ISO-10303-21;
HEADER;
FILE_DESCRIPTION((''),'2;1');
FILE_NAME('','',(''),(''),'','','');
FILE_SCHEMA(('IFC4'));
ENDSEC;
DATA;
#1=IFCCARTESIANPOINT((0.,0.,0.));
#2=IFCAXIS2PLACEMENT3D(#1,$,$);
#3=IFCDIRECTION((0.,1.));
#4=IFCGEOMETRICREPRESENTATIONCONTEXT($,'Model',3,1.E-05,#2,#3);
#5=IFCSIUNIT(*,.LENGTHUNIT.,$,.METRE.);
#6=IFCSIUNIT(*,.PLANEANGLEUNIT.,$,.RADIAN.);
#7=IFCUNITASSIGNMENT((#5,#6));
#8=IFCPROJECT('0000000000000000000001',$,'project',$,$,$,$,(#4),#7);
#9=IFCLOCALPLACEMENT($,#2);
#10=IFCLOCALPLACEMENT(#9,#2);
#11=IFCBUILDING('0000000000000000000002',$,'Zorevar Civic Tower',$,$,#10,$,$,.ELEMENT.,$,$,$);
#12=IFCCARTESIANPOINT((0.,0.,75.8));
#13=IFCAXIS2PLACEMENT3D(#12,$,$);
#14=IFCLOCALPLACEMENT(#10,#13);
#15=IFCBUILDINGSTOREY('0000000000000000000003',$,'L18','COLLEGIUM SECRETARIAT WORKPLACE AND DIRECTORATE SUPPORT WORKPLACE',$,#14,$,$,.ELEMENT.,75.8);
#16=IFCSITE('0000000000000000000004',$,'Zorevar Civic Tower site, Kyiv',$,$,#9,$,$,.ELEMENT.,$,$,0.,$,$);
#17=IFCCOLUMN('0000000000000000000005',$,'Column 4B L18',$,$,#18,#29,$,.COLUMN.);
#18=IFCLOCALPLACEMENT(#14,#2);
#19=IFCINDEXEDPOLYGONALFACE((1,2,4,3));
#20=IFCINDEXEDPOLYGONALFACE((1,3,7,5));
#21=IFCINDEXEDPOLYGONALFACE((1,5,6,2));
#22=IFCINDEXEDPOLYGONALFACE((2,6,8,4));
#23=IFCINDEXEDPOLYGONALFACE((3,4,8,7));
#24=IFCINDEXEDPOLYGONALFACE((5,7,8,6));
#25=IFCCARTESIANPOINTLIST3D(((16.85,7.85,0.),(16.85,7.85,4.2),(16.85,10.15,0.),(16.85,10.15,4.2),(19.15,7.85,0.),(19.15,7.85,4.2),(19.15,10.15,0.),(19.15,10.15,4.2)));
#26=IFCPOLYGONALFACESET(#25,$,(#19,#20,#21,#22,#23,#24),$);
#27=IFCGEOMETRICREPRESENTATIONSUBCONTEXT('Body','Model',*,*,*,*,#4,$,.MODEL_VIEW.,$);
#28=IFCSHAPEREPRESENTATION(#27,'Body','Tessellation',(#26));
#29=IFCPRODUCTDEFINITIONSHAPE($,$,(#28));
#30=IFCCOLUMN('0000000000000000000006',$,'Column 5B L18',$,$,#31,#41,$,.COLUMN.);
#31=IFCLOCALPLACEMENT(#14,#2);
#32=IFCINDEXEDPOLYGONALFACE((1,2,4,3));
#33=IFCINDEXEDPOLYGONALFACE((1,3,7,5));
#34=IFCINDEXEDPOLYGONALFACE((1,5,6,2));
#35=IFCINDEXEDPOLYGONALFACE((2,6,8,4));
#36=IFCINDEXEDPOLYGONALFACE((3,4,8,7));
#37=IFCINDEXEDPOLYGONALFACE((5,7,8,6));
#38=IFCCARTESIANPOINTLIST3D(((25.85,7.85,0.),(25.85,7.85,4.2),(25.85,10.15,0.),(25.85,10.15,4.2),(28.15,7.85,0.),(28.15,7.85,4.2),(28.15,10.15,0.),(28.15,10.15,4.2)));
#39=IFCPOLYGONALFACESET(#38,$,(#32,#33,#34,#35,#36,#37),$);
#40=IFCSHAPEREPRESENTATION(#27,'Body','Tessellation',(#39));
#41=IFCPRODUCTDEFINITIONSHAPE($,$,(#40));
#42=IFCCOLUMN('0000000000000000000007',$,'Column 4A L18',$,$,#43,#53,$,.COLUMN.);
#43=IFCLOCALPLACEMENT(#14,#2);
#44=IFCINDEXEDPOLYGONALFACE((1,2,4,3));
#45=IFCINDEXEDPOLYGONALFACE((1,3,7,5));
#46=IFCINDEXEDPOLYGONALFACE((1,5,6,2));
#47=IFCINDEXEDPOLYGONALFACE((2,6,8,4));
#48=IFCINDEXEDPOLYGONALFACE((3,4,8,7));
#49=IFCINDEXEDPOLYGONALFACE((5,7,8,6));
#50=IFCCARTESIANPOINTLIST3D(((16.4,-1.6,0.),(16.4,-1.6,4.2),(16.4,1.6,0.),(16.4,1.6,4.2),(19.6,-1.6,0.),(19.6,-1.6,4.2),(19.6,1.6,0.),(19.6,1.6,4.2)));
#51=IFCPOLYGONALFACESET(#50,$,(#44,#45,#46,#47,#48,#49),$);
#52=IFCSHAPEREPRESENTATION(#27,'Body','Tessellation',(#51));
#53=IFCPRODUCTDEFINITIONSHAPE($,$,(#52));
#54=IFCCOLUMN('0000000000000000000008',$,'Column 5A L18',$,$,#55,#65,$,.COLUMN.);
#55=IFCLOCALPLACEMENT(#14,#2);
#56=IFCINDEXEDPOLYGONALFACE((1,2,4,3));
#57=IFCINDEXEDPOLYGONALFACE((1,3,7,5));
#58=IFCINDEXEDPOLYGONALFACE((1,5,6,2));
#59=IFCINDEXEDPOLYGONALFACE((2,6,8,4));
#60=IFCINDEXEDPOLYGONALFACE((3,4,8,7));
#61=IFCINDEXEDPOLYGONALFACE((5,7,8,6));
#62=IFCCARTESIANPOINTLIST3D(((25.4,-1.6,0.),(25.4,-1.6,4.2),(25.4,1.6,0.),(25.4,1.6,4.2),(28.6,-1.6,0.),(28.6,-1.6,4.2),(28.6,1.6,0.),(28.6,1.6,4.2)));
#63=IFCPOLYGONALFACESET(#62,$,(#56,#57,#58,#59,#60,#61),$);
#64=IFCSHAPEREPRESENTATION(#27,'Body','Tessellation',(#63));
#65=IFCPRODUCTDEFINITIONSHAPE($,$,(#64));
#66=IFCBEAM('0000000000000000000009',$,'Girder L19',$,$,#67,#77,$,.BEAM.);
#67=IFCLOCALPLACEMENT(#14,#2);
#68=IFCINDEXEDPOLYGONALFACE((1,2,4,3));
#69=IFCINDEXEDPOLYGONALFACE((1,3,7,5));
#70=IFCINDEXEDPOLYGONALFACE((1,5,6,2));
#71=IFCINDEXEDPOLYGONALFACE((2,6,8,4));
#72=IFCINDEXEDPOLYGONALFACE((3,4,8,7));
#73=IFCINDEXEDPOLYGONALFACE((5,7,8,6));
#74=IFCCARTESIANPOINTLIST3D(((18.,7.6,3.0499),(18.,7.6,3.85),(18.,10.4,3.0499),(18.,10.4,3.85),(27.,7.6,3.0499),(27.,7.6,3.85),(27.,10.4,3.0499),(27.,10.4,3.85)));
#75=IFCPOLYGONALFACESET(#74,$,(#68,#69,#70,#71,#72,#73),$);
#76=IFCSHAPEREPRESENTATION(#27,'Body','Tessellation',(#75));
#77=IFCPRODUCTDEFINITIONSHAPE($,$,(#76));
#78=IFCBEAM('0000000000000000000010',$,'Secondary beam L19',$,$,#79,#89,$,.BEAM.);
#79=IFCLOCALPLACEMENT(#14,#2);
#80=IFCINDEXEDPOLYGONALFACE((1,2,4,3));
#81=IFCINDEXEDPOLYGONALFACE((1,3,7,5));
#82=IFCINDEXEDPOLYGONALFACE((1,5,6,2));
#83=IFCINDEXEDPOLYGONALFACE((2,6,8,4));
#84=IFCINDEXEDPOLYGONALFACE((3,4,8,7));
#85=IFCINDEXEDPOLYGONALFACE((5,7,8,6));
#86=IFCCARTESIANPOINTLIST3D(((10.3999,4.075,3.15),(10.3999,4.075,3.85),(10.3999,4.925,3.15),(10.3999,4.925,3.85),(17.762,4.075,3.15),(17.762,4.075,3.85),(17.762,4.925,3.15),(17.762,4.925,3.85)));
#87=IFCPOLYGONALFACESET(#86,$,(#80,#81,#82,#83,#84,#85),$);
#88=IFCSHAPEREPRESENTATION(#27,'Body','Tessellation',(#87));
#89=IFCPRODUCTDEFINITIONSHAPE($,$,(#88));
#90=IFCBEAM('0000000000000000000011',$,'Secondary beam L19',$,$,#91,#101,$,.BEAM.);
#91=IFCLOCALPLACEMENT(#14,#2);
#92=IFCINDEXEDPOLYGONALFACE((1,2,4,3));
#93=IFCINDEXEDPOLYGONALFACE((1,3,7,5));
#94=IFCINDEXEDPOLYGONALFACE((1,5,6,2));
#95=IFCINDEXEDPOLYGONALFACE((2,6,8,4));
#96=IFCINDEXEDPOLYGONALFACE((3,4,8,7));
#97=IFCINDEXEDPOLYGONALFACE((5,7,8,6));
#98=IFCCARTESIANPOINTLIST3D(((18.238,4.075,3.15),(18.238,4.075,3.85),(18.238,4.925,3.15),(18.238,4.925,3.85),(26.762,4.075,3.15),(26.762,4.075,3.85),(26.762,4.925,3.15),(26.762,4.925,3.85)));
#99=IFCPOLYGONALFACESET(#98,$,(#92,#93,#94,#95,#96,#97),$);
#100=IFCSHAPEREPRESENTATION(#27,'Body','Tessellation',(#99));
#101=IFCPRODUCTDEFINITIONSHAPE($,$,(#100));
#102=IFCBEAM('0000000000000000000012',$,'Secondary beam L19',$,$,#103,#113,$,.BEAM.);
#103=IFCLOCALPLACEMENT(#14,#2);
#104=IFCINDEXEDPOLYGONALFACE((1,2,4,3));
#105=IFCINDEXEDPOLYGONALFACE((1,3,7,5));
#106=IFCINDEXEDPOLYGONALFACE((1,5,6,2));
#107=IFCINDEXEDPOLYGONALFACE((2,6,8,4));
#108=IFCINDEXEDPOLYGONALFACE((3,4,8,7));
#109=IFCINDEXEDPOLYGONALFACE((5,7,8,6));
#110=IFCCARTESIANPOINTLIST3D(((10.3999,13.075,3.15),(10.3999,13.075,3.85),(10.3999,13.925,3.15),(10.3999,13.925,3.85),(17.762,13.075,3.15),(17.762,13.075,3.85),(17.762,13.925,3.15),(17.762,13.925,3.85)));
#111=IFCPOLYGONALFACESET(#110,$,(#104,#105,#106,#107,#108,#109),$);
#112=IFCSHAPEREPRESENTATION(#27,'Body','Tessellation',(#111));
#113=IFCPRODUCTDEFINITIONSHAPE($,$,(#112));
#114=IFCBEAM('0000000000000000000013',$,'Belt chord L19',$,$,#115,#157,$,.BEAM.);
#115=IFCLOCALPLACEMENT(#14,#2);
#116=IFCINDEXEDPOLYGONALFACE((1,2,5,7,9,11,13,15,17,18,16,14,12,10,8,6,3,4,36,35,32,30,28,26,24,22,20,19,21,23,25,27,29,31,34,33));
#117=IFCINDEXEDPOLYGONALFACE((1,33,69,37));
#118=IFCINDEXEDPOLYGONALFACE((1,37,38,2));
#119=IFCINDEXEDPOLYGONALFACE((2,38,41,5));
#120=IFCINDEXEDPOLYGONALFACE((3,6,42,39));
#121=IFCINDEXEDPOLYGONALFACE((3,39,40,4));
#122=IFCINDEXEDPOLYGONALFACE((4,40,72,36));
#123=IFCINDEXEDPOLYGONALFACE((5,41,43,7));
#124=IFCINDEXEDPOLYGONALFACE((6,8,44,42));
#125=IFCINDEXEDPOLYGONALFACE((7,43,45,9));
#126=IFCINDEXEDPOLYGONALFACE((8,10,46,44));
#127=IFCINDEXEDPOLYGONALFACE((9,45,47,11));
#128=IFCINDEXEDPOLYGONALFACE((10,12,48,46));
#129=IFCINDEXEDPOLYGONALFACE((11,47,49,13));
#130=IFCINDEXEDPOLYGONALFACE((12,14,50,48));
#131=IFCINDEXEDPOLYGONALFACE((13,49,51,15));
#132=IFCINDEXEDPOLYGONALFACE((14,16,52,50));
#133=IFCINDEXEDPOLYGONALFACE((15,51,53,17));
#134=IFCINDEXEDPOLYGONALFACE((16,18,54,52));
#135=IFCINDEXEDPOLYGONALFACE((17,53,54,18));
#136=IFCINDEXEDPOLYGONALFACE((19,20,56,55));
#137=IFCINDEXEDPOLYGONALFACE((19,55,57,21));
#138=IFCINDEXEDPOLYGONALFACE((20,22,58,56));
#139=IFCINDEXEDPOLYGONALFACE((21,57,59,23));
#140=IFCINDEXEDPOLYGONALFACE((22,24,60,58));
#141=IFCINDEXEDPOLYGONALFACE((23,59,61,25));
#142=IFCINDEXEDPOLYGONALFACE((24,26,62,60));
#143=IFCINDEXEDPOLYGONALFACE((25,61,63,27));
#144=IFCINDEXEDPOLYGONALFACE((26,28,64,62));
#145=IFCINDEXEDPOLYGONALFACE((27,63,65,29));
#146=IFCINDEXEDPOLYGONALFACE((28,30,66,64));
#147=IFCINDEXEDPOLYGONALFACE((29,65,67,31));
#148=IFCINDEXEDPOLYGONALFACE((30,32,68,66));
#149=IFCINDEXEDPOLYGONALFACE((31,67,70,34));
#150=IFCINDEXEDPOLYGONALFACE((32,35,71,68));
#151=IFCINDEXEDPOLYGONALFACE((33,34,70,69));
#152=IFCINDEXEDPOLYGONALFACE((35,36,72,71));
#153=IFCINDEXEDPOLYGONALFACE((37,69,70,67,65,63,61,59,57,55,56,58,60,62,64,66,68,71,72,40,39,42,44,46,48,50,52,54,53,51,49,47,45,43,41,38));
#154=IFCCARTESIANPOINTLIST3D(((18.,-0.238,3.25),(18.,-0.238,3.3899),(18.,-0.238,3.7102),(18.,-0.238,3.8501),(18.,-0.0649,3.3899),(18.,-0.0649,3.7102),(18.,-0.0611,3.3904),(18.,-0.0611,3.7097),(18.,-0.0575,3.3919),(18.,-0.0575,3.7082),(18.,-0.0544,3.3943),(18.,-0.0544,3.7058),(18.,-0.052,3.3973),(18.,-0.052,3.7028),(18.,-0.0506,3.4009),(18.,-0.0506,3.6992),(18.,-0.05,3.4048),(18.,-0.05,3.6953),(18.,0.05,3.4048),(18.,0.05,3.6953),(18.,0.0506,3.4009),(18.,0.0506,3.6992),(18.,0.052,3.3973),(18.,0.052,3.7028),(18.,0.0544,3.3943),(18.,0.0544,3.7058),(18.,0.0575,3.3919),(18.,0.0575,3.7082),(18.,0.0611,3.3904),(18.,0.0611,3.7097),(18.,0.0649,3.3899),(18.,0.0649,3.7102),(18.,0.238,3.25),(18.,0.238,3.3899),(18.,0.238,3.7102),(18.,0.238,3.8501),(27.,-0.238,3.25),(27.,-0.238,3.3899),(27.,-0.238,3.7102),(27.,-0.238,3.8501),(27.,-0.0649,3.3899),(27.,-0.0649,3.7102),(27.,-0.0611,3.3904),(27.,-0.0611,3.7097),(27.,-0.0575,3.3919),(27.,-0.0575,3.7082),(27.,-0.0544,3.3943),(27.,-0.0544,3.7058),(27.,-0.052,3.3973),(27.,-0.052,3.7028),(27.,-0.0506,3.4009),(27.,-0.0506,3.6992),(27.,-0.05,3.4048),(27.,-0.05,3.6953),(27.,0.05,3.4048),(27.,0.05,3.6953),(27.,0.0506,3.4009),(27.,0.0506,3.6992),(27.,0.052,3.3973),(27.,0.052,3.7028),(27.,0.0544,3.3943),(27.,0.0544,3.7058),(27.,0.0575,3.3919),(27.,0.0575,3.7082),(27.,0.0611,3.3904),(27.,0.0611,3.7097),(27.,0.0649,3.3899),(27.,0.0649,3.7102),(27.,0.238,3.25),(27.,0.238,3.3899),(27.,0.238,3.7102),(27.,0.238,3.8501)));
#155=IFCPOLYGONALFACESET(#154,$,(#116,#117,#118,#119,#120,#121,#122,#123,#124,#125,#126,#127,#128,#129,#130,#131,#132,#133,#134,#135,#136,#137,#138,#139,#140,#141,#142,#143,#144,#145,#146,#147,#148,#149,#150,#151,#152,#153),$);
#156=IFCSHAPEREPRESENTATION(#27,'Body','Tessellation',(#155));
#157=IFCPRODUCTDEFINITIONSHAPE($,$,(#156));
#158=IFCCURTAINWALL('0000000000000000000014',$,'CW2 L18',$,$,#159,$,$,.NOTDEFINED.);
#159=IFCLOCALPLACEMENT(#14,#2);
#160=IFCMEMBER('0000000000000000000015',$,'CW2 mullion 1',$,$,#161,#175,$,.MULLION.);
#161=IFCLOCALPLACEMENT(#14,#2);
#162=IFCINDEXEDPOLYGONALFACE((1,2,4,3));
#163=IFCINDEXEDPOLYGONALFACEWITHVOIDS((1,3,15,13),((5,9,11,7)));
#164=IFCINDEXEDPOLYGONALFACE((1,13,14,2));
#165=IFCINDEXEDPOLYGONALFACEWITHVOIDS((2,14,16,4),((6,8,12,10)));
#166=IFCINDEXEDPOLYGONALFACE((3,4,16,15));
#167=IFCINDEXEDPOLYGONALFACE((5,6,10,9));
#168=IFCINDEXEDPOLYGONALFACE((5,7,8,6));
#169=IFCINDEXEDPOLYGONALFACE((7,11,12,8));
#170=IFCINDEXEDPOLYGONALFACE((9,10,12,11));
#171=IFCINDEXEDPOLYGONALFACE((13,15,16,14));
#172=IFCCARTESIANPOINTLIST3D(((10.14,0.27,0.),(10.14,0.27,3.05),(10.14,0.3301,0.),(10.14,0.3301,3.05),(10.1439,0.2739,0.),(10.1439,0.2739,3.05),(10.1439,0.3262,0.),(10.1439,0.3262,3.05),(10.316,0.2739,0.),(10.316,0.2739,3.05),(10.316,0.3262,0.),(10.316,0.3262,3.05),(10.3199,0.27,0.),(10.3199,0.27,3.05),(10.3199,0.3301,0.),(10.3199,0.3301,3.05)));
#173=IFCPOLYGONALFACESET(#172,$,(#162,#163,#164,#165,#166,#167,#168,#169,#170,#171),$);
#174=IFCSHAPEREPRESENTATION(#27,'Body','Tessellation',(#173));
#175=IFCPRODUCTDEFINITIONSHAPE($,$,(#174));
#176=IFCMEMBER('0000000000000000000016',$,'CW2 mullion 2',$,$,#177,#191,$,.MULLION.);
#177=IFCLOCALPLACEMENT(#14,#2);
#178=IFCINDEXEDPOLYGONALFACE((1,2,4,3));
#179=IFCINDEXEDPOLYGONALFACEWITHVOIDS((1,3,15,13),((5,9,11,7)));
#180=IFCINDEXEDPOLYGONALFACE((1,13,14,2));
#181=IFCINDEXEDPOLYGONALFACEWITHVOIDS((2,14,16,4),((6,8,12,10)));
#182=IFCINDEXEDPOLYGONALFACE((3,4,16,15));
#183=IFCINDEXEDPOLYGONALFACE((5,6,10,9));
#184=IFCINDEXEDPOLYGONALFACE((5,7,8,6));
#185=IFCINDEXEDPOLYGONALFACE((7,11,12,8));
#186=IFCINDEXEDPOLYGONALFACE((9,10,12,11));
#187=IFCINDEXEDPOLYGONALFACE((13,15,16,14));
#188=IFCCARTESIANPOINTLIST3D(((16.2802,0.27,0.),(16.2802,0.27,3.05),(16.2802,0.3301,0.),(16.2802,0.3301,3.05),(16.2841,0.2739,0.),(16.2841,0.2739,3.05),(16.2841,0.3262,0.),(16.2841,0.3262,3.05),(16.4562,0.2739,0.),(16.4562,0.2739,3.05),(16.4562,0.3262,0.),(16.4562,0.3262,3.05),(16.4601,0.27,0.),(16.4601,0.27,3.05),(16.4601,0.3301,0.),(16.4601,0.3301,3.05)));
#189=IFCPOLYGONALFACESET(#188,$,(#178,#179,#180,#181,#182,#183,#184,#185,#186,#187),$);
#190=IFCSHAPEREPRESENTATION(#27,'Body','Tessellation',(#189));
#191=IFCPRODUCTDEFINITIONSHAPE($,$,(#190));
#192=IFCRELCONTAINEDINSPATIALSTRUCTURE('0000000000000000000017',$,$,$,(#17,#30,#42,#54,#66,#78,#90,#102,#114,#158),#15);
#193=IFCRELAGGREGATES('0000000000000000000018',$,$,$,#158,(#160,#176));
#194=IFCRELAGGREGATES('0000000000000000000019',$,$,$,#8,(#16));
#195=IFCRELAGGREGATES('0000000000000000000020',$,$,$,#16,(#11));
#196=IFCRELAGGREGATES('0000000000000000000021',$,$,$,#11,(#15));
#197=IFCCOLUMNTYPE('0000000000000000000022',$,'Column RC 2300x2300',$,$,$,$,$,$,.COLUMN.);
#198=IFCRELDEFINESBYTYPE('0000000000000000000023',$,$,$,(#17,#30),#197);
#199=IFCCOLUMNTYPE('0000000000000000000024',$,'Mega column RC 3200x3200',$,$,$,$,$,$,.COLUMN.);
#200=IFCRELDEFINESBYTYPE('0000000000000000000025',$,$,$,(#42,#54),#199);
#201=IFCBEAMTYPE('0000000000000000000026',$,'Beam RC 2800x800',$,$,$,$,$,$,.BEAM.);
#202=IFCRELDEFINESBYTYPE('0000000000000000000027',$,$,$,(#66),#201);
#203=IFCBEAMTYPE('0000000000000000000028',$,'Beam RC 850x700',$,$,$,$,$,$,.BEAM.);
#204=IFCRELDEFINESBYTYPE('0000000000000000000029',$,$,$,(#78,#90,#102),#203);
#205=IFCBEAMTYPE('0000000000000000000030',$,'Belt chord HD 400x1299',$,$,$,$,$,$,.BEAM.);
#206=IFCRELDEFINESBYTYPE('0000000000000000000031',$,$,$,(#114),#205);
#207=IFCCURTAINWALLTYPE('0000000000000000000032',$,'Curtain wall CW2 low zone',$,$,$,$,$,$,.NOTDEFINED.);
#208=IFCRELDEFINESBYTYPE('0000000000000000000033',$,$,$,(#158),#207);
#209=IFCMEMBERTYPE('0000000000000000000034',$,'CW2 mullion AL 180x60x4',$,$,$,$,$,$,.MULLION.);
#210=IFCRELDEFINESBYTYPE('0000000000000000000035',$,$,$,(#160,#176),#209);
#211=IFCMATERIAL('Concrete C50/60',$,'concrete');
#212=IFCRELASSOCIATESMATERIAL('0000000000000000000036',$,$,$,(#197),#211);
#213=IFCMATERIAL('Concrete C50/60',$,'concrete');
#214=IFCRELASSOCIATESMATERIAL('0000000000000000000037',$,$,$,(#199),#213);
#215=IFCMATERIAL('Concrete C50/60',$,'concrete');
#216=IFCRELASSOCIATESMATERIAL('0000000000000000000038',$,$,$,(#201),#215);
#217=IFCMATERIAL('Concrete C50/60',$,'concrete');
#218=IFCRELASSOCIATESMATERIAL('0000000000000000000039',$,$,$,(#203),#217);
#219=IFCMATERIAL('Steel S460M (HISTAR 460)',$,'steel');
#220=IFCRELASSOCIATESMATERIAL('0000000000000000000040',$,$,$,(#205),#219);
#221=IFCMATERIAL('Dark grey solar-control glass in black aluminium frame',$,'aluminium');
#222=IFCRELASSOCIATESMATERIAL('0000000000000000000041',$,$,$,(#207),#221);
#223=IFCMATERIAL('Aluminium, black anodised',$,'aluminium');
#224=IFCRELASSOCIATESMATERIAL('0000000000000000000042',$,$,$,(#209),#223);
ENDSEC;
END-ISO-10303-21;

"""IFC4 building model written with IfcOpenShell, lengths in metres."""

from ifc_helpers import new_model, si_unit, direction, frame, origin, origin_2d, place, context, subcontext, project, spatial, rectangle, hollow_rectangle, i_section, extrude, material, material_profile, profile_set, type_object, element, aggregate, save


model = new_model("IFC4")

# Units and contexts
model_context = context("Model", 3, precision=1e-05, world=origin(), true_north=direction((0.0, 1.0)))
body_context = subcontext(model_context, "Body", "Model", "MODEL_VIEW")
ifc_project = project(units=[si_unit("LENGTHUNIT", "METRE"), si_unit("PLANEANGLEUNIT", "RADIAN")], contexts=[model_context])

# Site, building, storey
site_placement = place(None, origin())
site = spatial("IfcSite", under=ifc_project, at=site_placement, Name="Zorevar Civic Tower site, Kyiv", CompositionType="ELEMENT", RefElevation=0.0)
building_placement = place(site_placement, origin())
building = spatial("IfcBuilding", under=site, at=building_placement, Name="Zorevar Civic Tower", CompositionType="ELEMENT")
storey_placement = place(building_placement, frame((0.0, 0.0, 75.8)))
storey = spatial("IfcBuildingStorey", under=building, at=storey_placement, Name="L18", Description="COLLEGIUM SECRETARIAT WORKPLACE AND DIRECTORATE SUPPORT WORKPLACE", CompositionType="ELEMENT", Elevation=75.8)

# Columns
ifc_material_1 = material(Name="Concrete C50/60", Category="concrete")
ifc_material_profile_1 = material_profile(ifc_material_1, rectangle(XDim=2.3, YDim=2.3, at=origin_2d()), Name="RC 2300x2300")
ifc_profile_set_1 = profile_set([ifc_material_profile_1], Name="Concrete C50/60")
column_type_1 = type_object("IfcColumnType", Name="Column RC 2300x2300", PredefinedType="COLUMN", material=ifc_profile_set_1)
for number, where, z_axis, x_axis, name in (
    (1, (18.0, 9.0, 0.0), (0.0, 0.0, 1.0), (1.0, 0.0, 0.0), "Column 4B L18"),
    (2, (27.0, 9.0, 0.0), (0.0, 0.0, 1.0), (1.0, 0.0, 0.0), "Column 5B L18"),
):
    element("IfcColumn", number, at=place(storey_placement, frame(where, z_axis=z_axis, x_axis=x_axis)), inside=storey, type_object=column_type_1, Name=name, PredefinedType="COLUMN", context=body_context, shape_type="SweptSolid", body=[
        extrude(rectangle(XDim=2.3, YDim=2.3, at=origin_2d()), origin(), (0.0, 0.0, 1.0), 4.2),
    ])
ifc_material_2 = material(Name="Concrete C50/60", Category="concrete")
ifc_material_profile_2 = material_profile(ifc_material_2, rectangle(XDim=3.2, YDim=3.2, at=origin_2d()), Name="RC 3200x3200")
ifc_profile_set_2 = profile_set([ifc_material_profile_2], Name="Concrete C50/60")
column_type_2 = type_object("IfcColumnType", Name="Mega column RC 3200x3200", PredefinedType="COLUMN", material=ifc_profile_set_2)
for number, where, z_axis, x_axis, name in (
    (3, (18.0, 0.0, 0.0), (0.0, 0.0, 1.0), (1.0, 0.0, 0.0), "Column 4A L18"),
    (4, (27.0, 0.0, 0.0), (0.0, 0.0, 1.0), (1.0, 0.0, 0.0), "Column 5A L18"),
):
    element("IfcColumn", number, at=place(storey_placement, frame(where, z_axis=z_axis, x_axis=x_axis)), inside=storey, type_object=column_type_2, Name=name, PredefinedType="COLUMN", context=body_context, shape_type="SweptSolid", body=[
        extrude(rectangle(XDim=3.2, YDim=3.2, at=origin_2d()), origin(), (0.0, 0.0, 1.0), 4.2),
    ])

# Beams
ifc_material_3 = material(Name="Concrete C50/60", Category="concrete")
ifc_material_profile_3 = material_profile(ifc_material_3, rectangle(XDim=2.8, YDim=0.8, at=origin_2d()), Name="RC 2800x800")
ifc_profile_set_3 = profile_set([ifc_material_profile_3], Name="Concrete C50/60")
beam_type_1 = type_object("IfcBeamType", Name="Beam RC 2800x800", PredefinedType="BEAM", material=ifc_profile_set_3)
beam_1_placement = place(storey_placement, frame((18.0, 9.0, 3.45), z_axis=(1.0, 0.0, 0.0), x_axis=(0.0, 1.0, 0.0)))
element("IfcBeam", 5, at=beam_1_placement, inside=storey, type_object=beam_type_1, Name="Girder L19", PredefinedType="BEAM", context=body_context, shape_type="SweptSolid", body=[
    extrude(rectangle(XDim=2.8, YDim=0.8, at=origin_2d()), origin(), (0.0, 0.0, 1.0), 9.0),
])
ifc_material_4 = material(Name="Concrete C50/60", Category="concrete")
ifc_material_profile_4 = material_profile(ifc_material_4, rectangle(XDim=0.8501, YDim=0.7, at=origin_2d()), Name="RC 850x700")
ifc_profile_set_4 = profile_set([ifc_material_profile_4], Name="Concrete C50/60")
beam_type_2 = type_object("IfcBeamType", Name="Beam RC 850x700", PredefinedType="BEAM", material=ifc_profile_set_4)
beam_2_placement = place(storey_placement, frame((10.3999, 4.5, 3.5), z_axis=(1.0, 0.0, 0.0), x_axis=(0.0, 1.0, 0.0)))
element("IfcBeam", 6, at=beam_2_placement, inside=storey, type_object=beam_type_2, Name="Secondary beam L19", PredefinedType="BEAM", context=body_context, shape_type="SweptSolid", body=[
    extrude(rectangle(XDim=0.8501, YDim=0.7, at=origin_2d()), origin(), (0.0, 0.0, 1.0), 7.3621),
])
beam_3_placement = place(storey_placement, frame((18.238, 4.5, 3.5), z_axis=(1.0, 0.0, 0.0), x_axis=(0.0, 1.0, 0.0)))
element("IfcBeam", 7, at=beam_3_placement, inside=storey, type_object=beam_type_2, Name="Secondary beam L19", PredefinedType="BEAM", context=body_context, shape_type="SweptSolid", body=[
    extrude(rectangle(XDim=0.8501, YDim=0.7, at=origin_2d()), origin(), (0.0, 0.0, 1.0), 8.5239),
])
beam_4_placement = place(storey_placement, frame((10.3999, 13.5, 3.5), z_axis=(1.0, 0.0, 0.0), x_axis=(0.0, 1.0, 0.0)))
element("IfcBeam", 8, at=beam_4_placement, inside=storey, type_object=beam_type_2, Name="Secondary beam L19", PredefinedType="BEAM", context=body_context, shape_type="SweptSolid", body=[
    extrude(rectangle(XDim=0.8501, YDim=0.7, at=origin_2d()), origin(), (0.0, 0.0, 1.0), 7.3621),
])
ifc_material_5 = material(Name="Steel S460M (HISTAR 460)", Category="steel")
ifc_material_profile_5 = material_profile(ifc_material_5, i_section(OverallWidth=0.4761, OverallDepth=0.6001, WebThickness=0.1001, FlangeThickness=0.1399, FilletRadius=0.0149, at=origin_2d()), Name="HD 400x1299")
ifc_profile_set_5 = profile_set([ifc_material_profile_5], Name="Steel S460M (HISTAR 460)")
beam_type_3 = type_object("IfcBeamType", Name="Belt chord HD 400x1299", PredefinedType="BEAM", material=ifc_profile_set_5)
beam_5_placement = place(storey_placement, frame((18.0, 0.0, 3.55), z_axis=(1.0, 0.0, 0.0), x_axis=(0.0, 1.0, 0.0)))
element("IfcBeam", 9, at=beam_5_placement, inside=storey, type_object=beam_type_3, Name="Belt chord L19", PredefinedType="BEAM", context=body_context, shape_type="SweptSolid", body=[
    extrude(i_section(OverallWidth=0.4761, OverallDepth=0.6001, WebThickness=0.1001, FlangeThickness=0.1399, FilletRadius=0.0149, at=origin_2d()), origin(), (0.0, 0.0, 1.0), 9.0),
])

# Curtain wall, members
ifc_material_6 = material(Name="Dark grey solar-control glass in black aluminium frame", Category="aluminium")
curtain_wall_type = type_object("IfcCurtainWallType", Name="Curtain wall CW2 low zone", PredefinedType="NOTDEFINED", material=ifc_material_6)
curtain_wall_1_placement = place(storey_placement, origin())
curtain_wall_1 = element("IfcCurtainWall", 10, at=curtain_wall_1_placement, inside=storey, type_object=curtain_wall_type, Name="CW2 L18", PredefinedType="NOTDEFINED")
ifc_material_7 = material(Name="Aluminium, black anodised", Category="aluminium")
ifc_material_profile_6 = material_profile(ifc_material_7, hollow_rectangle(XDim=0.0601, YDim=0.1799, WallThickness=0.0039, at=origin_2d()), Name="AL 180x60x4")
ifc_profile_set_6 = profile_set([ifc_material_profile_6], Name="Aluminium, black anodised")
member_type_1 = type_object("IfcMemberType", Name="CW2 mullion AL 180x60x4", PredefinedType="MULLION", material=ifc_profile_set_6)
member_1_placement = place(storey_placement, frame((10.23, 0.3, 0.0), z_axis=(0.0, 0.0, 1.0), x_axis=(0.0, 1.0, 0.0)))
member_1 = element("IfcMember", 11, at=member_1_placement, type_object=member_type_1, Name="CW2 mullion 1", PredefinedType="MULLION", context=body_context, shape_type="SweptSolid", body=[
    extrude(hollow_rectangle(XDim=0.0601, YDim=0.1799, WallThickness=0.0039, at=origin_2d()), origin(), (0.0, 0.0, 1.0), 3.05),
])
member_2_placement = place(storey_placement, frame((16.3701, 0.3, 0.0), z_axis=(0.0, 0.0, 1.0), x_axis=(0.0, 1.0, 0.0)))
member_2 = element("IfcMember", 12, at=member_2_placement, type_object=member_type_1, Name="CW2 mullion 2", PredefinedType="MULLION", context=body_context, shape_type="SweptSolid", body=[
    extrude(hollow_rectangle(XDim=0.0601, YDim=0.1799, WallThickness=0.0039, at=origin_2d()), origin(), (0.0, 0.0, 1.0), 3.05),
])

aggregate(curtain_wall_1, [member_1, member_2])

save(model, "model.ifc")
